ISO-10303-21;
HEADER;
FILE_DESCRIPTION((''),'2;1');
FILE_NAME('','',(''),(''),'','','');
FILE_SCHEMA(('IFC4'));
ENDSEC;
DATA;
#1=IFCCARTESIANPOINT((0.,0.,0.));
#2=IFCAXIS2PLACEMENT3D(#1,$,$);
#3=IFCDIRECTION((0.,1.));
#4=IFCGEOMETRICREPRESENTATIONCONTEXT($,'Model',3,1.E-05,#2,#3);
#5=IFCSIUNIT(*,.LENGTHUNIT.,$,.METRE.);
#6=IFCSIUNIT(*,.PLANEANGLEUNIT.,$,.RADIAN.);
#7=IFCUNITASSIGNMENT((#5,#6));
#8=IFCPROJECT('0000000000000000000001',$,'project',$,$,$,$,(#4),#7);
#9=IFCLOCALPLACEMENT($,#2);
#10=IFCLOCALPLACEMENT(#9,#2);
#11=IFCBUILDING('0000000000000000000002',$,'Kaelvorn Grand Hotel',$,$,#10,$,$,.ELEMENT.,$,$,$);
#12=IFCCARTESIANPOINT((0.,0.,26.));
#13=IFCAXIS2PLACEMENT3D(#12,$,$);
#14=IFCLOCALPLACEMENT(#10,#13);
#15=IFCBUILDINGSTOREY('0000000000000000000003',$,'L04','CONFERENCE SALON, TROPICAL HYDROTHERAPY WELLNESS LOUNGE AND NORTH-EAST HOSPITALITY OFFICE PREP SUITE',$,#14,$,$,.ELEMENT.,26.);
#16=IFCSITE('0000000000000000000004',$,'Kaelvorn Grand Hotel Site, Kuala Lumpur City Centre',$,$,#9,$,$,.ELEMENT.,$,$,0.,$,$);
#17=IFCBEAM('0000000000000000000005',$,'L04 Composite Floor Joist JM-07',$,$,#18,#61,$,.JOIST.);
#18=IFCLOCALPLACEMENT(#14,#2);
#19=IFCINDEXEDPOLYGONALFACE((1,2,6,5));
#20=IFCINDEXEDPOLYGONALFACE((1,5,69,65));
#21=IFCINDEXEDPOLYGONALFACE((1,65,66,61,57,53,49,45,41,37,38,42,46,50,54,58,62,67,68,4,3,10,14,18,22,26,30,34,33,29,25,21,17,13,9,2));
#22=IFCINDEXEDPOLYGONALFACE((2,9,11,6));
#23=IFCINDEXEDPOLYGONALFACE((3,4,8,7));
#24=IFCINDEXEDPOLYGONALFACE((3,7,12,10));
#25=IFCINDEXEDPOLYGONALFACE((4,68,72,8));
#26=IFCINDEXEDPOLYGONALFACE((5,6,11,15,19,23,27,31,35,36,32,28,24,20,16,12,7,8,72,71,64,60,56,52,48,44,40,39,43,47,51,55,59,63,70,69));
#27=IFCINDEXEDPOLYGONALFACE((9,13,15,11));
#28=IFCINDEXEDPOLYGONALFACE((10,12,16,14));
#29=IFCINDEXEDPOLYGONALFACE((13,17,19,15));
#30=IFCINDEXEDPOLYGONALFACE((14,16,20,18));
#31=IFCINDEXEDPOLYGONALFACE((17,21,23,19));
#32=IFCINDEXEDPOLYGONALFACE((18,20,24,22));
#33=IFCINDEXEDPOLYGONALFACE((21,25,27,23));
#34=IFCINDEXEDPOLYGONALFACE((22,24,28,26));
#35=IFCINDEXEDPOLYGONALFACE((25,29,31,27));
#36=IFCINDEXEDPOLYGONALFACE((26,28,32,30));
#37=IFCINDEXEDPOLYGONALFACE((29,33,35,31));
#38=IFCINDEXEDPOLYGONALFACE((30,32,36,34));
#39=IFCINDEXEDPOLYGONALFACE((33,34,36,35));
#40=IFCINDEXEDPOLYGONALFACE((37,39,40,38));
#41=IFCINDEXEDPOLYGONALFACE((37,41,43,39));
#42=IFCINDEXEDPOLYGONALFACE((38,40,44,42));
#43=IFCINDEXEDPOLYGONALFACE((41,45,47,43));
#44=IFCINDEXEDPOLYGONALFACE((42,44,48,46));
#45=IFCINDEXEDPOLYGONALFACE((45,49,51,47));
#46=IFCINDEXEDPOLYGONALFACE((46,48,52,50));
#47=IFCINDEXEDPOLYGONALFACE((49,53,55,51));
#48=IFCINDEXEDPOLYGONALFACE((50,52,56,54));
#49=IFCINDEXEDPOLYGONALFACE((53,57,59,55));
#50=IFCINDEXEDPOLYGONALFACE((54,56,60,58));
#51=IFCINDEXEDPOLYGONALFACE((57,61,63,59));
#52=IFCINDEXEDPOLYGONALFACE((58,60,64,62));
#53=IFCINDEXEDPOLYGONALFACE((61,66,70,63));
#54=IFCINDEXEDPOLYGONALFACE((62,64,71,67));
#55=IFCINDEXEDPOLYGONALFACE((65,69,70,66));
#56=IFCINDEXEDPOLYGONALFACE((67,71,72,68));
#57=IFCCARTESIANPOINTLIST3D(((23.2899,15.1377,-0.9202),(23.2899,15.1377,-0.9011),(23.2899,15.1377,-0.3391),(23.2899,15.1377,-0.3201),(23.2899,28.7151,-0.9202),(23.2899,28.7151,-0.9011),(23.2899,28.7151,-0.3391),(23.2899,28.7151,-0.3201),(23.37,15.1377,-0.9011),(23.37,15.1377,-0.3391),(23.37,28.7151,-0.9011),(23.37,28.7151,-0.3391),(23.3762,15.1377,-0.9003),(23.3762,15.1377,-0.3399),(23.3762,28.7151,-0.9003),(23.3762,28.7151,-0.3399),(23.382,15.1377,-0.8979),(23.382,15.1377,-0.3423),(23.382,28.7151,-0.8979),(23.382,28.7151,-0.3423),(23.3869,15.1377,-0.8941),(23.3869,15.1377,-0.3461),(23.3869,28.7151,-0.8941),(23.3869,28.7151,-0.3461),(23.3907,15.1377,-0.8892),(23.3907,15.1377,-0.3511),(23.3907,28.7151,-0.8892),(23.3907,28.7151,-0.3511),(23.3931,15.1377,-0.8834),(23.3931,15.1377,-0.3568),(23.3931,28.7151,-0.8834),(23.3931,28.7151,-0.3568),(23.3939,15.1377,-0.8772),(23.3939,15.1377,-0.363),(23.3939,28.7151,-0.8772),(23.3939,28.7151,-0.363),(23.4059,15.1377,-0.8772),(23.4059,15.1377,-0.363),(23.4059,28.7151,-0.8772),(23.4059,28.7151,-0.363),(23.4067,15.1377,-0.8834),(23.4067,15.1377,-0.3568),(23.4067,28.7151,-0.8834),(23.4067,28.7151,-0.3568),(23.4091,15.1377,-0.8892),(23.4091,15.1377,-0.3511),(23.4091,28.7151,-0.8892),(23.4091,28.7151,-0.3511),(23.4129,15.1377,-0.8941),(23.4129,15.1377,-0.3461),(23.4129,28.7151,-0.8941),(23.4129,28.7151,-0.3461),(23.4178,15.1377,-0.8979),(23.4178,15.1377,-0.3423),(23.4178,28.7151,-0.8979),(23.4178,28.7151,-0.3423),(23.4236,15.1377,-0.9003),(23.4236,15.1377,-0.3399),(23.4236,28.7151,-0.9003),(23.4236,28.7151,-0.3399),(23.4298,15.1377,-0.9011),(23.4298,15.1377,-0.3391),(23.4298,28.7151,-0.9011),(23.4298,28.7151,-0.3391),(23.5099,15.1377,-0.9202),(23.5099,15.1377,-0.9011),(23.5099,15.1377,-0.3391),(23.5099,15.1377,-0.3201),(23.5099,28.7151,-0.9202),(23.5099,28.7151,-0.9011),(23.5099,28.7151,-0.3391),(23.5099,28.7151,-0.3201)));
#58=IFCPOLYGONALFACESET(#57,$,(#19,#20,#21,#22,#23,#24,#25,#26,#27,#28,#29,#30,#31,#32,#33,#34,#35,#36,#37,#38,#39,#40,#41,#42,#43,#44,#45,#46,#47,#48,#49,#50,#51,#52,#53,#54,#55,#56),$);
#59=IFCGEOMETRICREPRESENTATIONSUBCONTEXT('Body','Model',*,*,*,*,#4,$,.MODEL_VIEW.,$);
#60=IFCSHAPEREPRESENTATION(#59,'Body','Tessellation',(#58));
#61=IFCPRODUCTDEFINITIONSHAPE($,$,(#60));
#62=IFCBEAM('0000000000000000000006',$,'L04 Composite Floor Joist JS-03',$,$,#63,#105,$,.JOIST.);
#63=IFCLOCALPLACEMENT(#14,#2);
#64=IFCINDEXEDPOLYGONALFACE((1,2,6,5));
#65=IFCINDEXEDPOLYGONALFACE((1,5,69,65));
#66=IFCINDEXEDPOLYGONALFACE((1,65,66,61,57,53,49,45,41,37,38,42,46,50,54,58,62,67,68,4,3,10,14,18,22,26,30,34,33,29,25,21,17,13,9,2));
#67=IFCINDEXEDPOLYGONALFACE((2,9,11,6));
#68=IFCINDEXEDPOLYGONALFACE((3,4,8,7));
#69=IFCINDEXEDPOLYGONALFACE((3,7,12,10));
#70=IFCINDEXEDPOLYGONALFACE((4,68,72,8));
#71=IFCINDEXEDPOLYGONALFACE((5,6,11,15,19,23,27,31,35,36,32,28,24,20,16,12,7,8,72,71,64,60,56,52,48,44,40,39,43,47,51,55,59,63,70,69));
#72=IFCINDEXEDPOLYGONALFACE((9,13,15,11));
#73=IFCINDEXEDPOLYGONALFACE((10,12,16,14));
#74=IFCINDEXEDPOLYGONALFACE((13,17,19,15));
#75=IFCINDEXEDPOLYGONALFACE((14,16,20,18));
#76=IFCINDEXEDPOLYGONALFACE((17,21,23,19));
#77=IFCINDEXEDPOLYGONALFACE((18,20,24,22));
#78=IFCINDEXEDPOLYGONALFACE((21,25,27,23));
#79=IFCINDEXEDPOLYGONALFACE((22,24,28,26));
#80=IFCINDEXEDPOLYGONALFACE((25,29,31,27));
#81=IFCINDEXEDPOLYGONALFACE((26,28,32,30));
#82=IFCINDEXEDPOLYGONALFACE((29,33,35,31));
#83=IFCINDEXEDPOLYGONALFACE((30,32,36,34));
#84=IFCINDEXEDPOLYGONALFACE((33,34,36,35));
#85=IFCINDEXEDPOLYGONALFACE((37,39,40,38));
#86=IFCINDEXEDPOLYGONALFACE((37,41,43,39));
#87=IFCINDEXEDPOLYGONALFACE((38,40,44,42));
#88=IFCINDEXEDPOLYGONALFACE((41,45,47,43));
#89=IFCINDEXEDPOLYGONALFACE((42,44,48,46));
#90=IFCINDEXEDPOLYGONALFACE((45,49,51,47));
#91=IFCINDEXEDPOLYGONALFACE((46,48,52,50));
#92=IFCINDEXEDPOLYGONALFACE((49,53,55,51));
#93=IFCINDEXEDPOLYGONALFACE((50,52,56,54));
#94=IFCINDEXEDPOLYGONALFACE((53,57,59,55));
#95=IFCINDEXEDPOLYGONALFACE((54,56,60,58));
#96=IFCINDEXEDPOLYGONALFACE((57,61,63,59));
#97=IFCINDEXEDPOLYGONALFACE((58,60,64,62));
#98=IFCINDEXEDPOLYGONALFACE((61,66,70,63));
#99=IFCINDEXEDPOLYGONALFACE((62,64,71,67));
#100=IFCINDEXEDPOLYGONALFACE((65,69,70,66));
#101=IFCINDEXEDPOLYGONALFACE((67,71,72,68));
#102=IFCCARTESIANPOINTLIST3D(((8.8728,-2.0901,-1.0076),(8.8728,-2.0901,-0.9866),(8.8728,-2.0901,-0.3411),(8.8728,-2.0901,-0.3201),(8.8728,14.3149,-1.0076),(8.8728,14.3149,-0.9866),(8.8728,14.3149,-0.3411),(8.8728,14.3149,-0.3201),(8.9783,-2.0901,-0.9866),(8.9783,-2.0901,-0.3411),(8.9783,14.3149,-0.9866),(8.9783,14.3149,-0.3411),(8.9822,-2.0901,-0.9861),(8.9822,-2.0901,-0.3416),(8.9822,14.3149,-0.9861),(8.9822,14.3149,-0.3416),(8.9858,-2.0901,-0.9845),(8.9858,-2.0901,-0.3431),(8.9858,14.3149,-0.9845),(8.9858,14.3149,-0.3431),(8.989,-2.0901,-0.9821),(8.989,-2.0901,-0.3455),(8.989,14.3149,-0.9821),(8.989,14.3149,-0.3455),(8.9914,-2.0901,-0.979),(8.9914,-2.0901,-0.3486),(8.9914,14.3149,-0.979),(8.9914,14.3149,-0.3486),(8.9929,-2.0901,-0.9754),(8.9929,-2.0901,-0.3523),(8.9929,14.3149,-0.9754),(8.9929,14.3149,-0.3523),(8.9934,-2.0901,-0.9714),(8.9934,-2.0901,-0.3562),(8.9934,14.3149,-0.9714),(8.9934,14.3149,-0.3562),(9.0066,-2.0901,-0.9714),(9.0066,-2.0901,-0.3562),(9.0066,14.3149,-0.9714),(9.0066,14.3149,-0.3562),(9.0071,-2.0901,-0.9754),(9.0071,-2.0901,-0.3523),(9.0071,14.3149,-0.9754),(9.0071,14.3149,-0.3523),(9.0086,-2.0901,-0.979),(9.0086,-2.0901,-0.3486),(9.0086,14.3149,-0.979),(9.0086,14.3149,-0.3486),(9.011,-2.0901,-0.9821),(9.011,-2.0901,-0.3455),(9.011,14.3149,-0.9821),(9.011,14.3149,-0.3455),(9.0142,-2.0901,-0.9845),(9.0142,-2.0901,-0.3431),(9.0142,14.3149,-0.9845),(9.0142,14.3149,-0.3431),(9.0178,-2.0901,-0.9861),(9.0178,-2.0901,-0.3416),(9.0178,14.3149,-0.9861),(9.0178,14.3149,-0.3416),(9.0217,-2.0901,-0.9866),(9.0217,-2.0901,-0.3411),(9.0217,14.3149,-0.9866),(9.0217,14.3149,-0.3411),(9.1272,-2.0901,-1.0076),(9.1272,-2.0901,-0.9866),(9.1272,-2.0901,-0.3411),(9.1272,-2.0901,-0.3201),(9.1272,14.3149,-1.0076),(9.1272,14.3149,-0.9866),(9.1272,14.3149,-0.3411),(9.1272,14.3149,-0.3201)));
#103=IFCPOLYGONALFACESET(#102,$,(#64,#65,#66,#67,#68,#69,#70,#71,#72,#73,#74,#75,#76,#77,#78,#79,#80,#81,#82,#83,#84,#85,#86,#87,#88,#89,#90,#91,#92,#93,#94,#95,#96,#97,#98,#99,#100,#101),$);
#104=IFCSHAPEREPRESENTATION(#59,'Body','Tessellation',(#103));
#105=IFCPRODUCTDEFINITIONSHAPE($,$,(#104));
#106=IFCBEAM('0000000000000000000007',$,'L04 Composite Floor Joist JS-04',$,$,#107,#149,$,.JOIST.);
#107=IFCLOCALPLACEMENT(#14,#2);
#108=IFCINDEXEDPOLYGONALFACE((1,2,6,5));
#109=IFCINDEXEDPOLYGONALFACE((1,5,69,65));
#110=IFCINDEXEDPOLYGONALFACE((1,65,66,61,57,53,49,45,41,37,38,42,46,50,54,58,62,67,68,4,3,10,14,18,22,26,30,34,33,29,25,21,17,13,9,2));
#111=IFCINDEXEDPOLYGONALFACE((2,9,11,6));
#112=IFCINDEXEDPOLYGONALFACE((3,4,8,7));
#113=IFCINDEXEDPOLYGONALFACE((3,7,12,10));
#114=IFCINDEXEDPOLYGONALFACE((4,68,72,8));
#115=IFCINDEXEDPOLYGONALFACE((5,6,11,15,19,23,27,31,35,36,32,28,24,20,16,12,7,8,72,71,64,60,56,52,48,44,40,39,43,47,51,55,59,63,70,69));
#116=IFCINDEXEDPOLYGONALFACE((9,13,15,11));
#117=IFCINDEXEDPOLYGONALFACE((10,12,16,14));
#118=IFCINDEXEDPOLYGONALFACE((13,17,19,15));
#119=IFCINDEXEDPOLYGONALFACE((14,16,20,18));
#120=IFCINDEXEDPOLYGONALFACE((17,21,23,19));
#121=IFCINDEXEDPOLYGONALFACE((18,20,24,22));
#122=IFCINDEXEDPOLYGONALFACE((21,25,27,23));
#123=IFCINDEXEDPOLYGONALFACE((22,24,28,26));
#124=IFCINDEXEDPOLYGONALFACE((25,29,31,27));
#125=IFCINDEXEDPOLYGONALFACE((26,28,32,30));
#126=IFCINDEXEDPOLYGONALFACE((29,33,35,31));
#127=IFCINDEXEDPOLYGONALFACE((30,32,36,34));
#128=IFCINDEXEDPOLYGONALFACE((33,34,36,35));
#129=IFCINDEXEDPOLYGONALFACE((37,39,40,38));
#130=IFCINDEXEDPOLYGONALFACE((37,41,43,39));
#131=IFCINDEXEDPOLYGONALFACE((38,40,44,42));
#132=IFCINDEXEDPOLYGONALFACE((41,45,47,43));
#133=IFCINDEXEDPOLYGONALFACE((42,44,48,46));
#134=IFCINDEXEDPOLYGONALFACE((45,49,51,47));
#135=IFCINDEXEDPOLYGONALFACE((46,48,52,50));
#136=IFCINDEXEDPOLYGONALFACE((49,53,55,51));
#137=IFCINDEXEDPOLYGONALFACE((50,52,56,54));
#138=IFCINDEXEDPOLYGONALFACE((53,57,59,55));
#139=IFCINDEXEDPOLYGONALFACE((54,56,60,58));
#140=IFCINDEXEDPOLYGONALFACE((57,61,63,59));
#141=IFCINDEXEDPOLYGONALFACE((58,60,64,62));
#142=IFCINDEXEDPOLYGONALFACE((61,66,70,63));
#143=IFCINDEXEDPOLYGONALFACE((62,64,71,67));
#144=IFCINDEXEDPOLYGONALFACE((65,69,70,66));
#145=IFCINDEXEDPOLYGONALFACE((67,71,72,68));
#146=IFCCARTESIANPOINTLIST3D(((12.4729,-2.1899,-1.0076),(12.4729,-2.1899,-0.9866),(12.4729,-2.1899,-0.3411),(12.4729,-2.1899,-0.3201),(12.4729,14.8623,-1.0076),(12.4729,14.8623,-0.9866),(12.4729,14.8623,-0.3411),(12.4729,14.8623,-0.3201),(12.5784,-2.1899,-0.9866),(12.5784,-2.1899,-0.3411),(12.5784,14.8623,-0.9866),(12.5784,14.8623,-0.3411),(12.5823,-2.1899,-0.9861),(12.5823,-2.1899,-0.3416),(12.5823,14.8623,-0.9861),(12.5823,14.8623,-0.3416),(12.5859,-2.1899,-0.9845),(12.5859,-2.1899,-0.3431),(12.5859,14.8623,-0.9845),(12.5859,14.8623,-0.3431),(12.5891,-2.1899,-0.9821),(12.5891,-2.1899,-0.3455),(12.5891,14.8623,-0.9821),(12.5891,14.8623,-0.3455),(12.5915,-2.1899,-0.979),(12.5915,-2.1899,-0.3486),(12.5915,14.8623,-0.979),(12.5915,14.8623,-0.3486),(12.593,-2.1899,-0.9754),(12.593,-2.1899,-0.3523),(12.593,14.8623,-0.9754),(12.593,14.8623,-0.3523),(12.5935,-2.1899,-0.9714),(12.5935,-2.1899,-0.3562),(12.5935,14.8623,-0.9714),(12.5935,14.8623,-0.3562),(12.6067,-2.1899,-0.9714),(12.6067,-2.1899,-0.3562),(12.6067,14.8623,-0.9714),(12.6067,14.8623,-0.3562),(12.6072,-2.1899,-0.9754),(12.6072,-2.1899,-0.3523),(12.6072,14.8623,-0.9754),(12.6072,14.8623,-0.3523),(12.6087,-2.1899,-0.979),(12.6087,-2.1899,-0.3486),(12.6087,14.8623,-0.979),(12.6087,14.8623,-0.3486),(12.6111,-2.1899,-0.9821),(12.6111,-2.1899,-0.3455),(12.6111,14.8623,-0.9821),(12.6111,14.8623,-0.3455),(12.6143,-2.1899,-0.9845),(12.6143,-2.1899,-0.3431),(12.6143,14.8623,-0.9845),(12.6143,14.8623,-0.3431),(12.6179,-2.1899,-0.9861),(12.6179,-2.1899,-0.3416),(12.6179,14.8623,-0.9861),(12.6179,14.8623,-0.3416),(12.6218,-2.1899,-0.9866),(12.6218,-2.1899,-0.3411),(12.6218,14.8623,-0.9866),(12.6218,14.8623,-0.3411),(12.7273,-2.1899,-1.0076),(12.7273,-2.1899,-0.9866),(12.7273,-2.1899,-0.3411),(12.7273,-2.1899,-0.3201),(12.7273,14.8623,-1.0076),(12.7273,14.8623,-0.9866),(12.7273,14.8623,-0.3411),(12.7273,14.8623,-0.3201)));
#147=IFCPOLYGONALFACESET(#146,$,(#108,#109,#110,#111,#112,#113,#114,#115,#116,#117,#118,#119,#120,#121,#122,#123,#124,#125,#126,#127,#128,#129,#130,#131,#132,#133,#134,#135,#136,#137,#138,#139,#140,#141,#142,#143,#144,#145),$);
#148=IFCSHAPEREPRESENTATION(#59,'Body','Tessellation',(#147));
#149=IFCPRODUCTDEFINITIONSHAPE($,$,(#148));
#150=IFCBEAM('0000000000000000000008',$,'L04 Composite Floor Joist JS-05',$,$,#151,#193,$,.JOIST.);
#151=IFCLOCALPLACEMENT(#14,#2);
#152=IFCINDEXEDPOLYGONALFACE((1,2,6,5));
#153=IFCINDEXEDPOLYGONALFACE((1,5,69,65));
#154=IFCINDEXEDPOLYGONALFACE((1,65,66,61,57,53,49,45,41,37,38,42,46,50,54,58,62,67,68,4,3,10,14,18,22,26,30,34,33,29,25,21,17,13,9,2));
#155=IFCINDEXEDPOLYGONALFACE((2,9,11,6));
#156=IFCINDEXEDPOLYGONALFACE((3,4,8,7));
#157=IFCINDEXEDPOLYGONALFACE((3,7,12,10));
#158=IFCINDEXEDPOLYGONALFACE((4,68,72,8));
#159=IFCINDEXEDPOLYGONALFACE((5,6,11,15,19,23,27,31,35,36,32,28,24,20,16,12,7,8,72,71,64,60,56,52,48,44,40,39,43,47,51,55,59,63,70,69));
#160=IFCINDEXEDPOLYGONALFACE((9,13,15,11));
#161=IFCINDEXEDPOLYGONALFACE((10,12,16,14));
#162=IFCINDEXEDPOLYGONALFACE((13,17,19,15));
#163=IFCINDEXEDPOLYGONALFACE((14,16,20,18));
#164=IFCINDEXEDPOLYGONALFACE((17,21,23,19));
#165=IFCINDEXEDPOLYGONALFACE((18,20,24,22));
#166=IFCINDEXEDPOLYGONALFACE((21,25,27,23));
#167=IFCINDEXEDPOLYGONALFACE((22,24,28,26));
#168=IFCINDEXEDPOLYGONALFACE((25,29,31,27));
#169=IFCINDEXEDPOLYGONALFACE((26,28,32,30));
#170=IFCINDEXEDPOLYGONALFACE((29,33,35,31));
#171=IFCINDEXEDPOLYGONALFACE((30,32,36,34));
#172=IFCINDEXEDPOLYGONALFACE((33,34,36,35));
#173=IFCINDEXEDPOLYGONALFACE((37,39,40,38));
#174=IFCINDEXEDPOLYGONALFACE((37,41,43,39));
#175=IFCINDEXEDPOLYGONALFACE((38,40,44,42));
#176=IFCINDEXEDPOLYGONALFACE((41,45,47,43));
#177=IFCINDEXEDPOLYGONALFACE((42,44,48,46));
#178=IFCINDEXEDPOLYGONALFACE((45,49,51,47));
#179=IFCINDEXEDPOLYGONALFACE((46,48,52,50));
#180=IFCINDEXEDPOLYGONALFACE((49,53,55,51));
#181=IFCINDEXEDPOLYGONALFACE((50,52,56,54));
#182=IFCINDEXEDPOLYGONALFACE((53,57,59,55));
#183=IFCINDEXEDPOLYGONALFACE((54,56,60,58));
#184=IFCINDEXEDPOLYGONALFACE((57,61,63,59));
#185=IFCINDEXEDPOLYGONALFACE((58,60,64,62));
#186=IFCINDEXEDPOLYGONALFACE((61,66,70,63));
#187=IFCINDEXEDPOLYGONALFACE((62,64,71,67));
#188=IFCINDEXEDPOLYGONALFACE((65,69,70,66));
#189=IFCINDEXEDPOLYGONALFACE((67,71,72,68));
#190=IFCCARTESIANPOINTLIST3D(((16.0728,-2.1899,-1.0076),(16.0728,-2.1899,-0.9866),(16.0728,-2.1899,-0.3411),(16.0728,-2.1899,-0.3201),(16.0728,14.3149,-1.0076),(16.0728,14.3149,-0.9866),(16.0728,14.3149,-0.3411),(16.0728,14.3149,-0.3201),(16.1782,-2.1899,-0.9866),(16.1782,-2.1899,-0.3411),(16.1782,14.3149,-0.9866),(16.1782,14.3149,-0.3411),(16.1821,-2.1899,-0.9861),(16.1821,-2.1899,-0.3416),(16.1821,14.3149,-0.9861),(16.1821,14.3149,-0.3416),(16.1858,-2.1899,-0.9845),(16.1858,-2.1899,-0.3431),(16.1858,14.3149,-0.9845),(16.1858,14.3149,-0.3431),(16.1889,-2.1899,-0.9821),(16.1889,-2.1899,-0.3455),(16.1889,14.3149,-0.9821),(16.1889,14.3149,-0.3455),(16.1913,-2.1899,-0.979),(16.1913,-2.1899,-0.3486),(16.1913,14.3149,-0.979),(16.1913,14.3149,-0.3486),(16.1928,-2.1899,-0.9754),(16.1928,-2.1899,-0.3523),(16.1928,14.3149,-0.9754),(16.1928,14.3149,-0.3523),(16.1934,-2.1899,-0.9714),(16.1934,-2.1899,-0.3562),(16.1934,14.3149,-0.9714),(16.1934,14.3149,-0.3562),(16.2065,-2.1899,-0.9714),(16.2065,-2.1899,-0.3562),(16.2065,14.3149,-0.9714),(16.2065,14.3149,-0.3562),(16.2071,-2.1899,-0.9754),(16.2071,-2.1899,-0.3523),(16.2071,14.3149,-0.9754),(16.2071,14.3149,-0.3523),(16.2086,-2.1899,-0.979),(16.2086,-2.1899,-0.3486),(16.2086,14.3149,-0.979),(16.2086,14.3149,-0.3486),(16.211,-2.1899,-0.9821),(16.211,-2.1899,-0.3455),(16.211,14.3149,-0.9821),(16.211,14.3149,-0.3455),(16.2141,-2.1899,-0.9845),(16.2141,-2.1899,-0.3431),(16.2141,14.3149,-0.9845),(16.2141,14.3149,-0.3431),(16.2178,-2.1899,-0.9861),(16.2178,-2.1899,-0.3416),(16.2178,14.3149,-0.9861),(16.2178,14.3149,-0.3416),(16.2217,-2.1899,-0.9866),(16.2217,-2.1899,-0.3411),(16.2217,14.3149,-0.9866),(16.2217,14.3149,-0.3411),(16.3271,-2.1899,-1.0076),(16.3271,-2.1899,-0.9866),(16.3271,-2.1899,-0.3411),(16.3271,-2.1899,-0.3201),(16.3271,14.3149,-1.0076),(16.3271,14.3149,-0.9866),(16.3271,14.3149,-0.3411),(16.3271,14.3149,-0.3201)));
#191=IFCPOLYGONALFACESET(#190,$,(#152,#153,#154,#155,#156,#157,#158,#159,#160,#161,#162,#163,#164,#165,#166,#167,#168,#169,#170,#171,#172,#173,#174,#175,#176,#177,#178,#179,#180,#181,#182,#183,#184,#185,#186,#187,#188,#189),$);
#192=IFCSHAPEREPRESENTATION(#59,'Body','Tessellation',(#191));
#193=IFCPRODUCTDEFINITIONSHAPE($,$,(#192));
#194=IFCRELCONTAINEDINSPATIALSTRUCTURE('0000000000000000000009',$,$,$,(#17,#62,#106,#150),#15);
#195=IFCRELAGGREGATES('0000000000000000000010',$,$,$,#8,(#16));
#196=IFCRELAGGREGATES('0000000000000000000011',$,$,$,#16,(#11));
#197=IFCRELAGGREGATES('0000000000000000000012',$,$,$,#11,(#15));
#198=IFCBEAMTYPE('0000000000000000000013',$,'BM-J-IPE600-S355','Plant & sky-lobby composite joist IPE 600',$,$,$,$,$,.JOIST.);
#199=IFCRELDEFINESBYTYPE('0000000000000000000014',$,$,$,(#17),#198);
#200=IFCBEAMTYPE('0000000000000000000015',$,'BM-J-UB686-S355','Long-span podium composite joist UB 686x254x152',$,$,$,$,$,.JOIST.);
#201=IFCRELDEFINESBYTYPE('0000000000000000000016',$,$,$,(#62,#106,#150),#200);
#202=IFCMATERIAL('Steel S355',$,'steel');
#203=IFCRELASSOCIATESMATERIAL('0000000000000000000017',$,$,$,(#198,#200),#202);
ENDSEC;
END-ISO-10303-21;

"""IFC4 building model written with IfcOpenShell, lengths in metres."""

from ifc_helpers import new_model, si_unit, direction, frame, origin, origin_2d, place, context, subcontext, project, spatial, i_section, extrude, material, material_profile, profile_set, type_object, element, save


model = new_model("IFC4")

# Units and contexts
model_context = context("Model", 3, precision=1e-05, world=origin(), true_north=direction((0.0, 1.0)))
body_context = subcontext(model_context, "Body", "Model", "MODEL_VIEW")
ifc_project = project(units=[si_unit("LENGTHUNIT", "METRE"), si_unit("PLANEANGLEUNIT", "RADIAN")], contexts=[model_context])

# Site, building, storey
site_placement = place(None, origin())
site = spatial("IfcSite", under=ifc_project, at=site_placement, Name="Kaelvorn Grand Hotel Site, Kuala Lumpur City Centre", CompositionType="ELEMENT", RefElevation=0.0)
building_placement = place(site_placement, origin())
building = spatial("IfcBuilding", under=site, at=building_placement, Name="Kaelvorn Grand Hotel", CompositionType="ELEMENT")
storey_placement = place(building_placement, frame((0.0, 0.0, 26.0)))
storey = spatial("IfcBuildingStorey", under=building, at=storey_placement, Name="L04", Description="CONFERENCE SALON, TROPICAL HYDROTHERAPY WELLNESS LOUNGE AND NORTH-EAST HOSPITALITY OFFICE PREP SUITE", CompositionType="ELEMENT", Elevation=26.0)

# Beams
ifc_material_1 = material(Name="Steel S355", Category="steel")
ifc_material_profile_1 = material_profile(ifc_material_1, i_section(OverallWidth=0.22, OverallDepth=0.6001, WebThickness=0.012, FlangeThickness=0.019, FilletRadius=0.0239, at=origin_2d()), Name="IPE 600")
ifc_profile_set_1 = profile_set([ifc_material_profile_1], Name="Steel S355")
beam_type_1 = type_object("IfcBeamType", Name="BM-J-IPE600-S355", Description="Plant & sky-lobby composite joist IPE 600", PredefinedType="JOIST", material=ifc_profile_set_1)
beam_1_placement = place(storey_placement, frame((23.3999, 15.1377, -0.6201), z_axis=(0.0, 1.0, 0.0), x_axis=(-1.0, 0.0, 0.0)))
element("IfcBeam", 1, at=beam_1_placement, inside=storey, type_object=beam_type_1, Name="L04 Composite Floor Joist JM-07", PredefinedType="JOIST", context=body_context, shape_type="SweptSolid", body=[
    extrude(i_section(OverallWidth=0.22, OverallDepth=0.6001, WebThickness=0.012, FlangeThickness=0.019, FilletRadius=0.0239, at=origin_2d()), origin(), (0.0, 0.0, 1.0), 13.5774),
])
ifc_material_profile_2 = material_profile(ifc_material_1, i_section(OverallWidth=0.2544, OverallDepth=0.6875, WebThickness=0.0132, FlangeThickness=0.021, FilletRadius=0.0151, at=origin_2d()), Name="UB 686x254x152")
ifc_profile_set_2 = profile_set([ifc_material_profile_2], Name="Steel S355")
beam_type_2 = type_object("IfcBeamType", Name="BM-J-UB686-S355", Description="Long-span podium composite joist UB 686x254x152", PredefinedType="JOIST", material=ifc_profile_set_2)
beam_2_placement = place(storey_placement, frame((9.0, -2.0901, -0.6638), z_axis=(0.0, 1.0, 0.0), x_axis=(-1.0, 0.0, 0.0)))
element("IfcBeam", 2, at=beam_2_placement, inside=storey, type_object=beam_type_2, Name="L04 Composite Floor Joist JS-03", PredefinedType="JOIST", context=body_context, shape_type="SweptSolid", body=[
    extrude(i_section(OverallWidth=0.2544, OverallDepth=0.6875, WebThickness=0.0132, FlangeThickness=0.021, FilletRadius=0.0151, at=origin_2d()), origin(), (0.0, 0.0, 1.0), 16.405),
])
beam_3_placement = place(storey_placement, frame((12.6001, -2.1899, -0.6638), z_axis=(0.0, 1.0, 0.0), x_axis=(-1.0, 0.0, 0.0)))
element("IfcBeam", 3, at=beam_3_placement, inside=storey, type_object=beam_type_2, Name="L04 Composite Floor Joist JS-04", PredefinedType="JOIST", context=body_context, shape_type="SweptSolid", body=[
    extrude(i_section(OverallWidth=0.2544, OverallDepth=0.6875, WebThickness=0.0132, FlangeThickness=0.021, FilletRadius=0.0151, at=origin_2d()), origin(), (0.0, 0.0, 1.0), 17.0522),
])
beam_4_placement = place(storey_placement, frame((16.2, -2.1899, -0.6638), z_axis=(0.0, 1.0, 0.0), x_axis=(-1.0, 0.0, 0.0)))
element("IfcBeam", 4, at=beam_4_placement, inside=storey, type_object=beam_type_2, Name="L04 Composite Floor Joist JS-05", PredefinedType="JOIST", context=body_context, shape_type="SweptSolid", body=[
    extrude(i_section(OverallWidth=0.2544, OverallDepth=0.6875, WebThickness=0.0132, FlangeThickness=0.021, FilletRadius=0.0151, at=origin_2d()), origin(), (0.0, 0.0, 1.0), 16.5049),
])

save(model, "model.ifc")
